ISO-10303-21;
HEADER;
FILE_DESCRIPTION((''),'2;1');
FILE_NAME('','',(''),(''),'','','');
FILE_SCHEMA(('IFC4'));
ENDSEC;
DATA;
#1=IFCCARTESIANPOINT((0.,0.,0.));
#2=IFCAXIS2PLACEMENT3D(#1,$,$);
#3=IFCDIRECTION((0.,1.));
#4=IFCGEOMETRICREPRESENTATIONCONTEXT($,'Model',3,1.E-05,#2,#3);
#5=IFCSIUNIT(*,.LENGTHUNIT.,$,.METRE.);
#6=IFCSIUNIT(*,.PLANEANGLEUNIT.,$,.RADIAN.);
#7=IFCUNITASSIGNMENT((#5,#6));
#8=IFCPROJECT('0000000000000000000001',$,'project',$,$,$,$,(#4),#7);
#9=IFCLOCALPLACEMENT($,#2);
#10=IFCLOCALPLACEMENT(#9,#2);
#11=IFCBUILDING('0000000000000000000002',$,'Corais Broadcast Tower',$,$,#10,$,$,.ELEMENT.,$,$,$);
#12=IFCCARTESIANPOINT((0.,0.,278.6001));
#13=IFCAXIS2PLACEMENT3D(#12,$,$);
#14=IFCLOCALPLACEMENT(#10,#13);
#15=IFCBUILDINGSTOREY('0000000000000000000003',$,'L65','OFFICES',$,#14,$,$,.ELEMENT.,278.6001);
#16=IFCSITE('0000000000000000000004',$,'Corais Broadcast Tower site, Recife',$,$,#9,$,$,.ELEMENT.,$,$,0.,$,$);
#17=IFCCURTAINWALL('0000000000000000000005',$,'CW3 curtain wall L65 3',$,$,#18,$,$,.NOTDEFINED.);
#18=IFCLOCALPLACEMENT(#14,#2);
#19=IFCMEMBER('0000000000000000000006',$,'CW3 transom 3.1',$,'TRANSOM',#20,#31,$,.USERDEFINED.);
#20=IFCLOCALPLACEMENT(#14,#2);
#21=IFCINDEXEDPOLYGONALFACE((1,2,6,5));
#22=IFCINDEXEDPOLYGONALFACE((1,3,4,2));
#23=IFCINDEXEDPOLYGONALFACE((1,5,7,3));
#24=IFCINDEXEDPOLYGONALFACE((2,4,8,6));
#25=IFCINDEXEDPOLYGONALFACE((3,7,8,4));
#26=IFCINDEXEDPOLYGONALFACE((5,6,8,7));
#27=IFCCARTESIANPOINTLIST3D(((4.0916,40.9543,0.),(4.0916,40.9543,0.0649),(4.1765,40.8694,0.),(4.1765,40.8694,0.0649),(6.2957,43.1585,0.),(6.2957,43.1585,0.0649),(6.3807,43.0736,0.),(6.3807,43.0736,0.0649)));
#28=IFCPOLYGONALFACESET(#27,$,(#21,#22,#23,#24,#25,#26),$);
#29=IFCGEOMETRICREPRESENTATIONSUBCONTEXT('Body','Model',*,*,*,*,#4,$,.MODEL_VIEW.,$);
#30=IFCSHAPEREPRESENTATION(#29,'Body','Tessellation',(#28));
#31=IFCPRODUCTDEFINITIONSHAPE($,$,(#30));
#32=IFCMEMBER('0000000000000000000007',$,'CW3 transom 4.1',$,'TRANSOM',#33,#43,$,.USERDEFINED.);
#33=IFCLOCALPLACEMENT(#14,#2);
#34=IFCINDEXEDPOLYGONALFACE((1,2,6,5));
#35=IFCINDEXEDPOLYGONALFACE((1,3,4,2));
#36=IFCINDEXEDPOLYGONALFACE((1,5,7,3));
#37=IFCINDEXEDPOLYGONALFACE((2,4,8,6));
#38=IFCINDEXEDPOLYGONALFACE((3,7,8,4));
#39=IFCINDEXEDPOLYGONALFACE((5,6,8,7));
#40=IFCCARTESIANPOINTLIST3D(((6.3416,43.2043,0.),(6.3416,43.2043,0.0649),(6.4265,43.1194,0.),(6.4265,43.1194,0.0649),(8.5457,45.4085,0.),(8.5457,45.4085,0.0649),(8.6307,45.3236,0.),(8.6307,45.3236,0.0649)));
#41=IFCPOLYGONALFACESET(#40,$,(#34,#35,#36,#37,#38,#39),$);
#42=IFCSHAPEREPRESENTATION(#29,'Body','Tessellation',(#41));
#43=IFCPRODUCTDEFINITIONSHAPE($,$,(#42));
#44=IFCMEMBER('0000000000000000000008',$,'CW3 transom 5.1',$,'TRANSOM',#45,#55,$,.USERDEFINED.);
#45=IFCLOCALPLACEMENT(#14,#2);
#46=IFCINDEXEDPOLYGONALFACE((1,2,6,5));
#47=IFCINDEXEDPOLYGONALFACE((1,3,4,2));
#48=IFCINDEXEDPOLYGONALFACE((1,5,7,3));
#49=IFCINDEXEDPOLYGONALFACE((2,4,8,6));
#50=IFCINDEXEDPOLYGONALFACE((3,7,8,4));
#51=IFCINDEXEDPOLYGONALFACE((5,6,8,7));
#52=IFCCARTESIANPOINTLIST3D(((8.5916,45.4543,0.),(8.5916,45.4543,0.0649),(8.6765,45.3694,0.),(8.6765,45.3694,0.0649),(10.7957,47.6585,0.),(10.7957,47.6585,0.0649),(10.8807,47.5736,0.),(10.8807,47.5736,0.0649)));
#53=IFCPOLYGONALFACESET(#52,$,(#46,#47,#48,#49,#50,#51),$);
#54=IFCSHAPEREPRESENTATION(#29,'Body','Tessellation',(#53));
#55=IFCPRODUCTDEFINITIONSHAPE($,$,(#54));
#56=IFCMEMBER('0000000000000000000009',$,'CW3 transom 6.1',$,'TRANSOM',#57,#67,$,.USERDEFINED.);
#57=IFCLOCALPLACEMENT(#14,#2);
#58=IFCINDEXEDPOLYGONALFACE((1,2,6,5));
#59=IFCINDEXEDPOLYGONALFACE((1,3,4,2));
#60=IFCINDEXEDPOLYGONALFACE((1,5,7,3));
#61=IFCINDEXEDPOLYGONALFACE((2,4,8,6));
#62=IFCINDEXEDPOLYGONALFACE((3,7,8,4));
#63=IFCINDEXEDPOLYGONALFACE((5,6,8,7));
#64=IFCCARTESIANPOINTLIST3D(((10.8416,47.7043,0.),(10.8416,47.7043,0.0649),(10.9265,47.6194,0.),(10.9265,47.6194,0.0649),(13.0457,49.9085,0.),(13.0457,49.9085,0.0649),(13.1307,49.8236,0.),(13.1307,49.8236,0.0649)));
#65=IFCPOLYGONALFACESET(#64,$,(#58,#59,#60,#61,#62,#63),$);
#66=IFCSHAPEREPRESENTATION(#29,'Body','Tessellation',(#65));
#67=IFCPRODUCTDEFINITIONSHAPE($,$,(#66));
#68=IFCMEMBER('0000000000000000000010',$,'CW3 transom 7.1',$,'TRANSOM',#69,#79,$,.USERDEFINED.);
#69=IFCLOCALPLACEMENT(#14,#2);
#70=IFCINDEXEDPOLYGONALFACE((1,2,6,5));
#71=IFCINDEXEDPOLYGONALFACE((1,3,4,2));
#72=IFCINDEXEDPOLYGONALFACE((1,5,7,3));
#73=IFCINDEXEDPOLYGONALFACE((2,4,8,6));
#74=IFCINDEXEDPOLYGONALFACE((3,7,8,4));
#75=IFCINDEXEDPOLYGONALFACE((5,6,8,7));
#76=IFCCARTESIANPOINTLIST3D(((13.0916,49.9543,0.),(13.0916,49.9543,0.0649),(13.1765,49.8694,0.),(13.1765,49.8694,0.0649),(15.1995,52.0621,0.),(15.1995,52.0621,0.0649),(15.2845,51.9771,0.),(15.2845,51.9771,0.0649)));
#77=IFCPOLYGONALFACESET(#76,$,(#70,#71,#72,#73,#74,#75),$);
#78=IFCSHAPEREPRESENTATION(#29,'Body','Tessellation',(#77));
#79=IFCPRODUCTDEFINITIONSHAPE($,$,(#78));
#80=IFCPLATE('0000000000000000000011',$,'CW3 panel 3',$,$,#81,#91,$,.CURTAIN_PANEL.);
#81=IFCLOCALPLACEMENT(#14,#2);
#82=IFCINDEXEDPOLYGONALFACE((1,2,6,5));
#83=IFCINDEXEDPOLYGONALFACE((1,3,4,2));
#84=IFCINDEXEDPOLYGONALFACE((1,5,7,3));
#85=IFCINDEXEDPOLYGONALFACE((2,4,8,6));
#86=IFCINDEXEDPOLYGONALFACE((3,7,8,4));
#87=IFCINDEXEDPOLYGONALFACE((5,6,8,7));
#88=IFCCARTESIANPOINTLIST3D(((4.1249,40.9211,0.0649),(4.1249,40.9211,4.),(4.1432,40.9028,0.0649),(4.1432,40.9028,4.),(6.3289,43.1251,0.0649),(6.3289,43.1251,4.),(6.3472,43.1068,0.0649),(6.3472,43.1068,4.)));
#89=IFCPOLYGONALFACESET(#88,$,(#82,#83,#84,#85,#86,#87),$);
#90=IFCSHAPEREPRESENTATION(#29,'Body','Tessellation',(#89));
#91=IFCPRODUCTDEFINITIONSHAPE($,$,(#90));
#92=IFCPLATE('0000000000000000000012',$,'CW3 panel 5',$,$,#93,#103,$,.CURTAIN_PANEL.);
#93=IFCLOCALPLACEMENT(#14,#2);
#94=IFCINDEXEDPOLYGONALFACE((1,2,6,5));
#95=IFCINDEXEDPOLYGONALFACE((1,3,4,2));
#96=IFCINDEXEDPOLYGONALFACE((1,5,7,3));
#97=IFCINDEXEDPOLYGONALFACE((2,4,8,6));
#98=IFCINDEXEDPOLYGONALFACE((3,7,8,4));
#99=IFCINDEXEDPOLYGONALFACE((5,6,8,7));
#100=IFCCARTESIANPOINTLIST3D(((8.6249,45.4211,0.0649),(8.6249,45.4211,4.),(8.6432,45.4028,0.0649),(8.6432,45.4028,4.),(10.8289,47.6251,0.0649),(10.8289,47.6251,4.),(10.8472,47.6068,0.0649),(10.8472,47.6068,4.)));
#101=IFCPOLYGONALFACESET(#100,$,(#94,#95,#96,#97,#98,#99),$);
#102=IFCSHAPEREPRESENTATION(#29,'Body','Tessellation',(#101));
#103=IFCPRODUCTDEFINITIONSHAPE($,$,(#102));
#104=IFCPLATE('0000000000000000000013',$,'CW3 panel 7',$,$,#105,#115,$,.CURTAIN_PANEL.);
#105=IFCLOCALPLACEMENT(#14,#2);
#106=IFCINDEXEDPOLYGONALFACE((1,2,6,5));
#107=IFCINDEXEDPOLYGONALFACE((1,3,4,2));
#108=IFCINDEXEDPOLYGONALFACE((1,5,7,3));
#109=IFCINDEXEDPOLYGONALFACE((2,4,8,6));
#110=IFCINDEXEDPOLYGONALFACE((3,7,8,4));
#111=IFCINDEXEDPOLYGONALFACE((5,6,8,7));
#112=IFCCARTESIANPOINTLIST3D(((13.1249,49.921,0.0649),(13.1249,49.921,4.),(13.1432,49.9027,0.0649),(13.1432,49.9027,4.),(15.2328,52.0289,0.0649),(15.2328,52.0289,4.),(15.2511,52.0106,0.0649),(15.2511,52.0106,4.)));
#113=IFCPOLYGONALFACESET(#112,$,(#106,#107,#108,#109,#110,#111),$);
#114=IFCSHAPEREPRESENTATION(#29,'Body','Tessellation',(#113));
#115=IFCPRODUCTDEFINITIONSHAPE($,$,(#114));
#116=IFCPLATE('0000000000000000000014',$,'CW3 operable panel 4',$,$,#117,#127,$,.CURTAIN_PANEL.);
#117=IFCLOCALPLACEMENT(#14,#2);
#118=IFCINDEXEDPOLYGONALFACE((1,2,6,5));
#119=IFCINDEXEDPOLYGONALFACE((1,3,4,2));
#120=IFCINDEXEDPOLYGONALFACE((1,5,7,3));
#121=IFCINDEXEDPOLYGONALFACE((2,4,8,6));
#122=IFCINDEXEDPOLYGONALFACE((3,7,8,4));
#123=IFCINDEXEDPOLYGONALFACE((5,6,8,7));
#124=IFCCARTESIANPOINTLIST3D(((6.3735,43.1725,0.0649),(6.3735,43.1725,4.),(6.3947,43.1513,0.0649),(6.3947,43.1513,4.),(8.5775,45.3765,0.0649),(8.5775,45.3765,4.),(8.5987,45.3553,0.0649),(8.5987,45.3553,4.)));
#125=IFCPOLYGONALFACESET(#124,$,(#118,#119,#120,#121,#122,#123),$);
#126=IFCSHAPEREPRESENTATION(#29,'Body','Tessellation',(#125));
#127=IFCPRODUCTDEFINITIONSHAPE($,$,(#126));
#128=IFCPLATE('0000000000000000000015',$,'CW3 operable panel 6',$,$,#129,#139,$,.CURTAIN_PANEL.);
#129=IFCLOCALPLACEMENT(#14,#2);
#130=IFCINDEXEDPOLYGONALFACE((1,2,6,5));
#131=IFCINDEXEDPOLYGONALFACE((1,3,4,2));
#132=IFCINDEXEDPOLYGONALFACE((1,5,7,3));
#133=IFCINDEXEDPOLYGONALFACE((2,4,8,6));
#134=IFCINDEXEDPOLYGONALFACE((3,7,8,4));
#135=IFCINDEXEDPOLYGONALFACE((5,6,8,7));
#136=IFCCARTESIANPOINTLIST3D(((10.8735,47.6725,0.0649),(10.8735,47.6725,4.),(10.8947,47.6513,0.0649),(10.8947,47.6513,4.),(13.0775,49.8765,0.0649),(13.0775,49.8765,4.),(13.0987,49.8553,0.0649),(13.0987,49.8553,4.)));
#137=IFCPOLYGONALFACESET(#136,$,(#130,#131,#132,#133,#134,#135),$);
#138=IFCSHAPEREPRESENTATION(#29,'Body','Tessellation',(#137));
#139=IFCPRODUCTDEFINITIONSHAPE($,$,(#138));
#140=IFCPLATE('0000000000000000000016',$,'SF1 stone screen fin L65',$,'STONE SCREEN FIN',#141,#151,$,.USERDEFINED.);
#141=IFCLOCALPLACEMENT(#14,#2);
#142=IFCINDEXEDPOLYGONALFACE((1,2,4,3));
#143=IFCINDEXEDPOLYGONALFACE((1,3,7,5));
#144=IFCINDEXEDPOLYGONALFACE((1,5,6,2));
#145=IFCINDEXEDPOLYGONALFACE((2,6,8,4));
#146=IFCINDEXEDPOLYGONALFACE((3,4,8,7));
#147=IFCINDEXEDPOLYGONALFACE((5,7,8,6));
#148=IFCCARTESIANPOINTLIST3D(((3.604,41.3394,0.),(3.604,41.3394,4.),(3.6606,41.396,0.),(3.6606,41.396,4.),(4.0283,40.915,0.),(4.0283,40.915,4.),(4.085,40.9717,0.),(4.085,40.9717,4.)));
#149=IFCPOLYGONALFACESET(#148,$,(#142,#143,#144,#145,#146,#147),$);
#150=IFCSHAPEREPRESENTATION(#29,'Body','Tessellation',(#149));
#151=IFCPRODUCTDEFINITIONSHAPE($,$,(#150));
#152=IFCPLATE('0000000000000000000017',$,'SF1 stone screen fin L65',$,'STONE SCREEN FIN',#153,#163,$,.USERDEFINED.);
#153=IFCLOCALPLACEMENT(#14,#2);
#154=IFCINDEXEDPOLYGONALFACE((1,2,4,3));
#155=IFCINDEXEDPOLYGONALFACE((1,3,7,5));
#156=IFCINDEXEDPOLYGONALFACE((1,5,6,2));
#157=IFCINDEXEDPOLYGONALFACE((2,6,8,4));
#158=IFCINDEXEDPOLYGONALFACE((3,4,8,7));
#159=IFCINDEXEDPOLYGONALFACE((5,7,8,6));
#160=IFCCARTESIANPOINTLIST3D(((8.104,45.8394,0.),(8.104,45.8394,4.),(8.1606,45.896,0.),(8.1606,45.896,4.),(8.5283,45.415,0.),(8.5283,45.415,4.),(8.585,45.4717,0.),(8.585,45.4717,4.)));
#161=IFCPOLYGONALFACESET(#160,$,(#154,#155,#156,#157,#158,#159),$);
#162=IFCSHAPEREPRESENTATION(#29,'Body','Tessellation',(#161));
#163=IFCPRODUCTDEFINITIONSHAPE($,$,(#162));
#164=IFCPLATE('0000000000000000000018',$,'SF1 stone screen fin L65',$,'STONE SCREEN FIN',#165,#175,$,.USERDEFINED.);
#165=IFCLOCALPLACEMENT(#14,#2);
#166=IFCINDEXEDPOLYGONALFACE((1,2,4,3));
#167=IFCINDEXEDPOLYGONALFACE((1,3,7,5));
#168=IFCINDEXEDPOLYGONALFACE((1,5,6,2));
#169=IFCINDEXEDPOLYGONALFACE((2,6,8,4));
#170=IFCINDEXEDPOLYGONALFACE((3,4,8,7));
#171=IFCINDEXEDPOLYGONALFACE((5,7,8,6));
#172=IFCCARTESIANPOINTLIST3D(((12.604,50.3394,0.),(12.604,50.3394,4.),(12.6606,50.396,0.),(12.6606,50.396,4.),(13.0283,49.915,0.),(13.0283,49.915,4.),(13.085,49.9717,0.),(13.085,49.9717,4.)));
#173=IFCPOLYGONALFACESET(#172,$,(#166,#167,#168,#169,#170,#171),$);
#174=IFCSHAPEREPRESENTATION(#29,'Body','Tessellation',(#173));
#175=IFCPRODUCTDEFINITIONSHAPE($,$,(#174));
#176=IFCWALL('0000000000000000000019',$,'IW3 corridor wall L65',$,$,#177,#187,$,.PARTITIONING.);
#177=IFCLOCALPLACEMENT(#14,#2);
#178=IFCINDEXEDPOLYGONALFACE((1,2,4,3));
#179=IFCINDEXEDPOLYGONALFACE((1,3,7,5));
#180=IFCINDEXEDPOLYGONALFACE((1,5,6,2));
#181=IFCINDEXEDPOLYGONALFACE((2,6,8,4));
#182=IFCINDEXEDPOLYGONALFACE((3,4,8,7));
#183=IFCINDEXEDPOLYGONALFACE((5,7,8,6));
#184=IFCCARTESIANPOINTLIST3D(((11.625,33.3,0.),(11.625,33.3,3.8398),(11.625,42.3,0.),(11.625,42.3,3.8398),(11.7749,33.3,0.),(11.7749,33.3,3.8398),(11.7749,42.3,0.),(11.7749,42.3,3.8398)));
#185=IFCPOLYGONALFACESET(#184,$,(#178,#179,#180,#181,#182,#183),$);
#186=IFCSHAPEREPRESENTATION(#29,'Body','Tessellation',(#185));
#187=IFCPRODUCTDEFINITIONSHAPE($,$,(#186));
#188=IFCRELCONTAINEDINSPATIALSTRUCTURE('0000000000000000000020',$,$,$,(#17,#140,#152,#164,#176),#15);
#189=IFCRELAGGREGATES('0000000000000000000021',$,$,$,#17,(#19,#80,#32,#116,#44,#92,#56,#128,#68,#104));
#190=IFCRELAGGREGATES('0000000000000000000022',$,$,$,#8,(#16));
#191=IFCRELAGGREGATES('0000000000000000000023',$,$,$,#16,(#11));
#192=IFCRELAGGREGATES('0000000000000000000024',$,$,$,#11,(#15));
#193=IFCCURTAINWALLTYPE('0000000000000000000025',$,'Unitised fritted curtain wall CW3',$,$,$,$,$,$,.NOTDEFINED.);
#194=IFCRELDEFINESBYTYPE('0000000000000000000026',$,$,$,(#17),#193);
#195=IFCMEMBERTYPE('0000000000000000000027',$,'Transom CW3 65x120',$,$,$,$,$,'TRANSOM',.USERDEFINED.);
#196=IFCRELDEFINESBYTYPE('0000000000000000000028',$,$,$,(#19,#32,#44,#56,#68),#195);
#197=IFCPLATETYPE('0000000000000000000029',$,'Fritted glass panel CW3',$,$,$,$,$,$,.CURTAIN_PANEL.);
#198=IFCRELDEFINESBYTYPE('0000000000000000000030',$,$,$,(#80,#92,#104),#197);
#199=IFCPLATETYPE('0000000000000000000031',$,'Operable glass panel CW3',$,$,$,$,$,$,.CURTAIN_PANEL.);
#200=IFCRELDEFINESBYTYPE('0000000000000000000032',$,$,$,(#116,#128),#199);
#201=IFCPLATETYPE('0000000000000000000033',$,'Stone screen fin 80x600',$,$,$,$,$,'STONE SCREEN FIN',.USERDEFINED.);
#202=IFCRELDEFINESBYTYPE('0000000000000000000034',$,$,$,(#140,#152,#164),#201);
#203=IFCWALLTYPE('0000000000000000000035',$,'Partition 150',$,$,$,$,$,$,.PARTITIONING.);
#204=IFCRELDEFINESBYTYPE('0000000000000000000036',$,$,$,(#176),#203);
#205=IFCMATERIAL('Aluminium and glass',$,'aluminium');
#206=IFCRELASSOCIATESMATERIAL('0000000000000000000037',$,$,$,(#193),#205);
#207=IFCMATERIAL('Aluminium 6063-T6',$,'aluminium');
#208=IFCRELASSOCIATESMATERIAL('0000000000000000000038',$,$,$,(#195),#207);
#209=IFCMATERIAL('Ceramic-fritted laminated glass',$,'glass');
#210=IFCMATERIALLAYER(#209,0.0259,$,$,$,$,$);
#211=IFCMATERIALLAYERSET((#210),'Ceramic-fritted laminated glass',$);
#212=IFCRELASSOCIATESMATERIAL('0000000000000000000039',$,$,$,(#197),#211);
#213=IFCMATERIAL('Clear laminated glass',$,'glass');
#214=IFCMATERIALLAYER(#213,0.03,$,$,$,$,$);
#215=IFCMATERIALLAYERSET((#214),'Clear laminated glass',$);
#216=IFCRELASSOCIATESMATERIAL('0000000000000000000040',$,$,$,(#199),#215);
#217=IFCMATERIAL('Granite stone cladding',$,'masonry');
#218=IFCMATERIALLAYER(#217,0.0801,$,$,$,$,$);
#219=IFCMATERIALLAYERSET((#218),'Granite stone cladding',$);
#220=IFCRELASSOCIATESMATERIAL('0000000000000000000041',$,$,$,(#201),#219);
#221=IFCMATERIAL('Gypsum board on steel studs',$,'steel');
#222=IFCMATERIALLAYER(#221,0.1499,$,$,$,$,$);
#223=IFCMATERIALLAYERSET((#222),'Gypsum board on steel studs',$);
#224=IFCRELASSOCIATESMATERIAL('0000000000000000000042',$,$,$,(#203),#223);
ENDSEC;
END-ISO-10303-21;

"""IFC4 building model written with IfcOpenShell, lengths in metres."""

from ifc_helpers import new_model, si_unit, direction, frame, frame_2d, origin, origin_2d, place, context, subcontext, project, spatial, rectangle, extrude, material, layer, layer_set, material_profile, profile_set, type_object, element, aggregate, save


model = new_model("IFC4")

# Units and contexts
model_context = context("Model", 3, precision=1e-05, world=origin(), true_north=direction((0.0, 1.0)))
body_context = subcontext(model_context, "Body", "Model", "MODEL_VIEW")
ifc_project = project(units=[si_unit("LENGTHUNIT", "METRE"), si_unit("PLANEANGLEUNIT", "RADIAN")], contexts=[model_context])

# Site, building, storey
site_placement = place(None, origin())
site = spatial("IfcSite", under=ifc_project, at=site_placement, Name="Corais Broadcast Tower site, Recife", CompositionType="ELEMENT", RefElevation=0.0)
building_placement = place(site_placement, origin())
building = spatial("IfcBuilding", under=site, at=building_placement, Name="Corais Broadcast Tower", CompositionType="ELEMENT")
storey_placement = place(building_placement, frame((0.0, 0.0, 278.6001)))
storey = spatial("IfcBuildingStorey", under=building, at=storey_placement, Name="L65", Description="OFFICES", CompositionType="ELEMENT", Elevation=278.6001)

# Curtain wall
ifc_material_1 = material(Name="Aluminium and glass", Category="aluminium")
curtain_wall_type = type_object("IfcCurtainWallType", Name="Unitised fritted curtain wall CW3", PredefinedType="NOTDEFINED", material=ifc_material_1)
curtain_wall_placement = place(storey_placement, origin())
curtain_wall = element("IfcCurtainWall", 1, at=curtain_wall_placement, inside=storey, type_object=curtain_wall_type, Name="CW3 curtain wall L65 3", PredefinedType="NOTDEFINED")

# Members
ifc_material_2 = material(Name="Aluminium 6063-T6", Category="aluminium")
ifc_material_profile_1 = material_profile(ifc_material_2, rectangle(XDim=0.1201, YDim=0.0649, at=origin_2d()), Name="Transom CW3 65x120")
ifc_profile_set_1 = profile_set([ifc_material_profile_1], Name="Aluminium 6063-T6")
member_type_1 = type_object("IfcMemberType", Name="Transom CW3 65x120", ElementType="TRANSOM", PredefinedType="USERDEFINED", material=ifc_profile_set_1)
member_1_placement = place(storey_placement, frame((4.134, 40.9119, 0.0325), z_axis=(0.707107, 0.707107, 0.0), x_axis=(-0.707107, 0.707107, 0.0)))
member_1 = element("IfcMember", 2, at=member_1_placement, type_object=member_type_1, Name="CW3 transom 3.1", ObjectType="TRANSOM", PredefinedType="USERDEFINED", context=body_context, shape_type="SweptSolid", body=[
    extrude(rectangle(XDim=0.1201, YDim=0.0649, at=origin_2d()), origin(), (0.0, 0.0, 1.0), 3.1172),
])
member_2_placement = place(storey_placement, frame((6.384, 43.1619, 0.0325), z_axis=(0.707107, 0.707107, 0.0), x_axis=(-0.707107, 0.707107, 0.0)))
member_2 = element("IfcMember", 3, at=member_2_placement, type_object=member_type_1, Name="CW3 transom 4.1", ObjectType="TRANSOM", PredefinedType="USERDEFINED", context=body_context, shape_type="SweptSolid", body=[
    extrude(rectangle(XDim=0.1201, YDim=0.0649, at=origin_2d()), origin(), (0.0, 0.0, 1.0), 3.1172),
])
member_3_placement = place(storey_placement, frame((8.634, 45.4119, 0.0325), z_axis=(0.707107, 0.707107, 0.0), x_axis=(-0.707107, 0.707107, 0.0)))
member_3 = element("IfcMember", 4, at=member_3_placement, type_object=member_type_1, Name="CW3 transom 5.1", ObjectType="TRANSOM", PredefinedType="USERDEFINED", context=body_context, shape_type="SweptSolid", body=[
    extrude(rectangle(XDim=0.1201, YDim=0.0649, at=origin_2d()), origin(), (0.0, 0.0, 1.0), 3.1172),
])
member_4_placement = place(storey_placement, frame((10.884, 47.6619, 0.0325), z_axis=(0.707107, 0.707107, 0.0), x_axis=(-0.707107, 0.707107, 0.0)))
member_4 = element("IfcMember", 5, at=member_4_placement, type_object=member_type_1, Name="CW3 transom 6.1", ObjectType="TRANSOM", PredefinedType="USERDEFINED", context=body_context, shape_type="SweptSolid", body=[
    extrude(rectangle(XDim=0.1201, YDim=0.0649, at=origin_2d()), origin(), (0.0, 0.0, 1.0), 3.1172),
])
member_5_placement = place(storey_placement, frame((13.134, 49.9119, 0.0325), z_axis=(0.707148, 0.707066, 0.0), x_axis=(-0.707066, 0.707148, 0.0)))
member_5 = element("IfcMember", 6, at=member_5_placement, type_object=member_type_1, Name="CW3 transom 7.1", ObjectType="TRANSOM", PredefinedType="USERDEFINED", context=body_context, shape_type="SweptSolid", body=[
    extrude(rectangle(XDim=0.1201, YDim=0.0649, at=origin_2d()), origin(), (0.0, 0.0, 1.0), 2.981),
])

# Plates
ifc_material_3 = material(Name="Ceramic-fritted laminated glass", Category="glass")
ifc_layer_1 = layer(ifc_material_3, 0.0259)
ifc_layer_set_1 = layer_set([ifc_layer_1], Name="Ceramic-fritted laminated glass")
plate_type_1 = type_object("IfcPlateType", Name="Fritted glass panel CW3", PredefinedType="CURTAIN_PANEL", material=ifc_layer_set_1)
plate_1_placement = place(storey_placement, frame((5.2361, 42.0139, 0.0649), z_axis=(0.0, 0.0, 1.0), x_axis=(0.707107, 0.707107, 0.0)))
plate_1 = element("IfcPlate", 7, at=plate_1_placement, type_object=plate_type_1, Name="CW3 panel 3", PredefinedType="CURTAIN_PANEL", context=body_context, shape_type="SweptSolid", body=[
    extrude(rectangle(XDim=3.1169, YDim=0.0259, at=origin_2d()), origin(), (0.0, 0.0, 1.0), 3.9351),
])
plate_2_placement = place(storey_placement, frame((9.7361, 46.5139, 0.0649), z_axis=(0.0, 0.0, 1.0), x_axis=(0.707107, 0.707107, 0.0)))
plate_2 = element("IfcPlate", 8, at=plate_2_placement, type_object=plate_type_1, Name="CW3 panel 5", PredefinedType="CURTAIN_PANEL", context=body_context, shape_type="SweptSolid", body=[
    extrude(rectangle(XDim=3.1169, YDim=0.0259, at=origin_2d()), origin(), (0.0, 0.0, 1.0), 3.9351),
])
plate_3_placement = place(storey_placement, frame((14.188, 50.9658, 0.0649), z_axis=(0.0, 0.0, 1.0), x_axis=(0.707107, 0.707107, 0.0)))
plate_3 = element("IfcPlate", 9, at=plate_3_placement, type_object=plate_type_1, Name="CW3 panel 7", PredefinedType="CURTAIN_PANEL", context=body_context, shape_type="SweptSolid", body=[
    extrude(rectangle(XDim=2.981, YDim=0.0259, at=origin_2d()), origin(), (0.0, 0.0, 1.0), 3.9351),
])
ifc_material_4 = material(Name="Clear laminated glass", Category="glass")
ifc_layer_2 = layer(ifc_material_4, 0.03)
ifc_layer_set_2 = layer_set([ifc_layer_2], Name="Clear laminated glass")
plate_type_2 = type_object("IfcPlateType", Name="Operable glass panel CW3", PredefinedType="CURTAIN_PANEL", material=ifc_layer_set_2)
plate_4_placement = place(storey_placement, frame((7.4861, 44.2639, 0.0649), z_axis=(0.0, 0.0, 1.0), x_axis=(0.707107, 0.707107, 0.0)))
plate_4 = element("IfcPlate", 10, at=plate_4_placement, type_object=plate_type_2, Name="CW3 operable panel 4", PredefinedType="CURTAIN_PANEL", context=body_context, shape_type="SweptSolid", body=[
    extrude(rectangle(XDim=3.1169, YDim=0.03, at=origin_2d()), origin(), (0.0, 0.0, 1.0), 3.9351),
])
plate_5_placement = place(storey_placement, frame((11.9861, 48.7639, 0.0649), z_axis=(0.0, 0.0, 1.0), x_axis=(0.707107, 0.707107, 0.0)))
plate_5 = element("IfcPlate", 11, at=plate_5_placement, type_object=plate_type_2, Name="CW3 operable panel 6", PredefinedType="CURTAIN_PANEL", context=body_context, shape_type="SweptSolid", body=[
    extrude(rectangle(XDim=3.1169, YDim=0.03, at=origin_2d()), origin(), (0.0, 0.0, 1.0), 3.9351),
])
aggregate(curtain_wall, [member_1, plate_1, member_2, plate_4, member_3, plate_2, member_4, plate_5, member_5, plate_3])

# Plates
ifc_material_5 = material(Name="Granite stone cladding", Category="masonry")
ifc_layer_3 = layer(ifc_material_5, 0.0801)
ifc_layer_set_3 = layer_set([ifc_layer_3], Name="Granite stone cladding")
plate_type_3 = type_object("IfcPlateType", Name="Stone screen fin 80x600", ElementType="STONE SCREEN FIN", PredefinedType="USERDEFINED", material=ifc_layer_set_3)
for number, where, z_axis, x_axis, name in (
    (12, (3.8445, 41.1555, 0.0), (0.0, 0.0, 1.0), (0.707107, 0.707107, 0.0), "SF1 stone screen fin L65"),
    (13, (8.3445, 45.6555, 0.0), (0.0, 0.0, 1.0), (0.707107, 0.707107, 0.0), "SF1 stone screen fin L65"),
    (14, (12.8445, 50.1555, 0.0), (0.0, 0.0, 1.0), (0.707107, 0.707107, 0.0), "SF1 stone screen fin L65"),
):
    element("IfcPlate", number, at=place(storey_placement, frame(where, z_axis=z_axis, x_axis=x_axis)), inside=storey, type_object=plate_type_3, Name=name, ObjectType="STONE SCREEN FIN", PredefinedType="USERDEFINED", context=body_context, shape_type="SweptSolid", body=[
        extrude(rectangle(XDim=0.0801, YDim=0.6001, at=origin_2d()), origin(), (0.0, 0.0, 1.0), 4.0),
    ])

# Wall
ifc_material_6 = material(Name="Gypsum board on steel studs", Category="steel")
ifc_layer_4 = layer(ifc_material_6, 0.1499)
ifc_layer_set_4 = layer_set([ifc_layer_4], Name="Gypsum board on steel studs")
wall_type = type_object("IfcWallType", Name="Partition 150", PredefinedType="PARTITIONING", material=ifc_layer_set_4)
wall_1_placement = place(storey_placement, frame((11.7, 42.3, 0.0), z_axis=(0.0, 0.0, 1.0), x_axis=(0.0, -1.0, 0.0)))
element("IfcWall", 15, at=wall_1_placement, inside=storey, type_object=wall_type, Name="IW3 corridor wall L65", PredefinedType="PARTITIONING", context=body_context, shape_type="SweptSolid", body=[
    extrude(rectangle(XDim=9.0, YDim=0.1499, at=frame_2d((4.5, 0.0))), origin(), (0.0, 0.0, 1.0), 3.8398),
])

save(model, "model.ifc")
